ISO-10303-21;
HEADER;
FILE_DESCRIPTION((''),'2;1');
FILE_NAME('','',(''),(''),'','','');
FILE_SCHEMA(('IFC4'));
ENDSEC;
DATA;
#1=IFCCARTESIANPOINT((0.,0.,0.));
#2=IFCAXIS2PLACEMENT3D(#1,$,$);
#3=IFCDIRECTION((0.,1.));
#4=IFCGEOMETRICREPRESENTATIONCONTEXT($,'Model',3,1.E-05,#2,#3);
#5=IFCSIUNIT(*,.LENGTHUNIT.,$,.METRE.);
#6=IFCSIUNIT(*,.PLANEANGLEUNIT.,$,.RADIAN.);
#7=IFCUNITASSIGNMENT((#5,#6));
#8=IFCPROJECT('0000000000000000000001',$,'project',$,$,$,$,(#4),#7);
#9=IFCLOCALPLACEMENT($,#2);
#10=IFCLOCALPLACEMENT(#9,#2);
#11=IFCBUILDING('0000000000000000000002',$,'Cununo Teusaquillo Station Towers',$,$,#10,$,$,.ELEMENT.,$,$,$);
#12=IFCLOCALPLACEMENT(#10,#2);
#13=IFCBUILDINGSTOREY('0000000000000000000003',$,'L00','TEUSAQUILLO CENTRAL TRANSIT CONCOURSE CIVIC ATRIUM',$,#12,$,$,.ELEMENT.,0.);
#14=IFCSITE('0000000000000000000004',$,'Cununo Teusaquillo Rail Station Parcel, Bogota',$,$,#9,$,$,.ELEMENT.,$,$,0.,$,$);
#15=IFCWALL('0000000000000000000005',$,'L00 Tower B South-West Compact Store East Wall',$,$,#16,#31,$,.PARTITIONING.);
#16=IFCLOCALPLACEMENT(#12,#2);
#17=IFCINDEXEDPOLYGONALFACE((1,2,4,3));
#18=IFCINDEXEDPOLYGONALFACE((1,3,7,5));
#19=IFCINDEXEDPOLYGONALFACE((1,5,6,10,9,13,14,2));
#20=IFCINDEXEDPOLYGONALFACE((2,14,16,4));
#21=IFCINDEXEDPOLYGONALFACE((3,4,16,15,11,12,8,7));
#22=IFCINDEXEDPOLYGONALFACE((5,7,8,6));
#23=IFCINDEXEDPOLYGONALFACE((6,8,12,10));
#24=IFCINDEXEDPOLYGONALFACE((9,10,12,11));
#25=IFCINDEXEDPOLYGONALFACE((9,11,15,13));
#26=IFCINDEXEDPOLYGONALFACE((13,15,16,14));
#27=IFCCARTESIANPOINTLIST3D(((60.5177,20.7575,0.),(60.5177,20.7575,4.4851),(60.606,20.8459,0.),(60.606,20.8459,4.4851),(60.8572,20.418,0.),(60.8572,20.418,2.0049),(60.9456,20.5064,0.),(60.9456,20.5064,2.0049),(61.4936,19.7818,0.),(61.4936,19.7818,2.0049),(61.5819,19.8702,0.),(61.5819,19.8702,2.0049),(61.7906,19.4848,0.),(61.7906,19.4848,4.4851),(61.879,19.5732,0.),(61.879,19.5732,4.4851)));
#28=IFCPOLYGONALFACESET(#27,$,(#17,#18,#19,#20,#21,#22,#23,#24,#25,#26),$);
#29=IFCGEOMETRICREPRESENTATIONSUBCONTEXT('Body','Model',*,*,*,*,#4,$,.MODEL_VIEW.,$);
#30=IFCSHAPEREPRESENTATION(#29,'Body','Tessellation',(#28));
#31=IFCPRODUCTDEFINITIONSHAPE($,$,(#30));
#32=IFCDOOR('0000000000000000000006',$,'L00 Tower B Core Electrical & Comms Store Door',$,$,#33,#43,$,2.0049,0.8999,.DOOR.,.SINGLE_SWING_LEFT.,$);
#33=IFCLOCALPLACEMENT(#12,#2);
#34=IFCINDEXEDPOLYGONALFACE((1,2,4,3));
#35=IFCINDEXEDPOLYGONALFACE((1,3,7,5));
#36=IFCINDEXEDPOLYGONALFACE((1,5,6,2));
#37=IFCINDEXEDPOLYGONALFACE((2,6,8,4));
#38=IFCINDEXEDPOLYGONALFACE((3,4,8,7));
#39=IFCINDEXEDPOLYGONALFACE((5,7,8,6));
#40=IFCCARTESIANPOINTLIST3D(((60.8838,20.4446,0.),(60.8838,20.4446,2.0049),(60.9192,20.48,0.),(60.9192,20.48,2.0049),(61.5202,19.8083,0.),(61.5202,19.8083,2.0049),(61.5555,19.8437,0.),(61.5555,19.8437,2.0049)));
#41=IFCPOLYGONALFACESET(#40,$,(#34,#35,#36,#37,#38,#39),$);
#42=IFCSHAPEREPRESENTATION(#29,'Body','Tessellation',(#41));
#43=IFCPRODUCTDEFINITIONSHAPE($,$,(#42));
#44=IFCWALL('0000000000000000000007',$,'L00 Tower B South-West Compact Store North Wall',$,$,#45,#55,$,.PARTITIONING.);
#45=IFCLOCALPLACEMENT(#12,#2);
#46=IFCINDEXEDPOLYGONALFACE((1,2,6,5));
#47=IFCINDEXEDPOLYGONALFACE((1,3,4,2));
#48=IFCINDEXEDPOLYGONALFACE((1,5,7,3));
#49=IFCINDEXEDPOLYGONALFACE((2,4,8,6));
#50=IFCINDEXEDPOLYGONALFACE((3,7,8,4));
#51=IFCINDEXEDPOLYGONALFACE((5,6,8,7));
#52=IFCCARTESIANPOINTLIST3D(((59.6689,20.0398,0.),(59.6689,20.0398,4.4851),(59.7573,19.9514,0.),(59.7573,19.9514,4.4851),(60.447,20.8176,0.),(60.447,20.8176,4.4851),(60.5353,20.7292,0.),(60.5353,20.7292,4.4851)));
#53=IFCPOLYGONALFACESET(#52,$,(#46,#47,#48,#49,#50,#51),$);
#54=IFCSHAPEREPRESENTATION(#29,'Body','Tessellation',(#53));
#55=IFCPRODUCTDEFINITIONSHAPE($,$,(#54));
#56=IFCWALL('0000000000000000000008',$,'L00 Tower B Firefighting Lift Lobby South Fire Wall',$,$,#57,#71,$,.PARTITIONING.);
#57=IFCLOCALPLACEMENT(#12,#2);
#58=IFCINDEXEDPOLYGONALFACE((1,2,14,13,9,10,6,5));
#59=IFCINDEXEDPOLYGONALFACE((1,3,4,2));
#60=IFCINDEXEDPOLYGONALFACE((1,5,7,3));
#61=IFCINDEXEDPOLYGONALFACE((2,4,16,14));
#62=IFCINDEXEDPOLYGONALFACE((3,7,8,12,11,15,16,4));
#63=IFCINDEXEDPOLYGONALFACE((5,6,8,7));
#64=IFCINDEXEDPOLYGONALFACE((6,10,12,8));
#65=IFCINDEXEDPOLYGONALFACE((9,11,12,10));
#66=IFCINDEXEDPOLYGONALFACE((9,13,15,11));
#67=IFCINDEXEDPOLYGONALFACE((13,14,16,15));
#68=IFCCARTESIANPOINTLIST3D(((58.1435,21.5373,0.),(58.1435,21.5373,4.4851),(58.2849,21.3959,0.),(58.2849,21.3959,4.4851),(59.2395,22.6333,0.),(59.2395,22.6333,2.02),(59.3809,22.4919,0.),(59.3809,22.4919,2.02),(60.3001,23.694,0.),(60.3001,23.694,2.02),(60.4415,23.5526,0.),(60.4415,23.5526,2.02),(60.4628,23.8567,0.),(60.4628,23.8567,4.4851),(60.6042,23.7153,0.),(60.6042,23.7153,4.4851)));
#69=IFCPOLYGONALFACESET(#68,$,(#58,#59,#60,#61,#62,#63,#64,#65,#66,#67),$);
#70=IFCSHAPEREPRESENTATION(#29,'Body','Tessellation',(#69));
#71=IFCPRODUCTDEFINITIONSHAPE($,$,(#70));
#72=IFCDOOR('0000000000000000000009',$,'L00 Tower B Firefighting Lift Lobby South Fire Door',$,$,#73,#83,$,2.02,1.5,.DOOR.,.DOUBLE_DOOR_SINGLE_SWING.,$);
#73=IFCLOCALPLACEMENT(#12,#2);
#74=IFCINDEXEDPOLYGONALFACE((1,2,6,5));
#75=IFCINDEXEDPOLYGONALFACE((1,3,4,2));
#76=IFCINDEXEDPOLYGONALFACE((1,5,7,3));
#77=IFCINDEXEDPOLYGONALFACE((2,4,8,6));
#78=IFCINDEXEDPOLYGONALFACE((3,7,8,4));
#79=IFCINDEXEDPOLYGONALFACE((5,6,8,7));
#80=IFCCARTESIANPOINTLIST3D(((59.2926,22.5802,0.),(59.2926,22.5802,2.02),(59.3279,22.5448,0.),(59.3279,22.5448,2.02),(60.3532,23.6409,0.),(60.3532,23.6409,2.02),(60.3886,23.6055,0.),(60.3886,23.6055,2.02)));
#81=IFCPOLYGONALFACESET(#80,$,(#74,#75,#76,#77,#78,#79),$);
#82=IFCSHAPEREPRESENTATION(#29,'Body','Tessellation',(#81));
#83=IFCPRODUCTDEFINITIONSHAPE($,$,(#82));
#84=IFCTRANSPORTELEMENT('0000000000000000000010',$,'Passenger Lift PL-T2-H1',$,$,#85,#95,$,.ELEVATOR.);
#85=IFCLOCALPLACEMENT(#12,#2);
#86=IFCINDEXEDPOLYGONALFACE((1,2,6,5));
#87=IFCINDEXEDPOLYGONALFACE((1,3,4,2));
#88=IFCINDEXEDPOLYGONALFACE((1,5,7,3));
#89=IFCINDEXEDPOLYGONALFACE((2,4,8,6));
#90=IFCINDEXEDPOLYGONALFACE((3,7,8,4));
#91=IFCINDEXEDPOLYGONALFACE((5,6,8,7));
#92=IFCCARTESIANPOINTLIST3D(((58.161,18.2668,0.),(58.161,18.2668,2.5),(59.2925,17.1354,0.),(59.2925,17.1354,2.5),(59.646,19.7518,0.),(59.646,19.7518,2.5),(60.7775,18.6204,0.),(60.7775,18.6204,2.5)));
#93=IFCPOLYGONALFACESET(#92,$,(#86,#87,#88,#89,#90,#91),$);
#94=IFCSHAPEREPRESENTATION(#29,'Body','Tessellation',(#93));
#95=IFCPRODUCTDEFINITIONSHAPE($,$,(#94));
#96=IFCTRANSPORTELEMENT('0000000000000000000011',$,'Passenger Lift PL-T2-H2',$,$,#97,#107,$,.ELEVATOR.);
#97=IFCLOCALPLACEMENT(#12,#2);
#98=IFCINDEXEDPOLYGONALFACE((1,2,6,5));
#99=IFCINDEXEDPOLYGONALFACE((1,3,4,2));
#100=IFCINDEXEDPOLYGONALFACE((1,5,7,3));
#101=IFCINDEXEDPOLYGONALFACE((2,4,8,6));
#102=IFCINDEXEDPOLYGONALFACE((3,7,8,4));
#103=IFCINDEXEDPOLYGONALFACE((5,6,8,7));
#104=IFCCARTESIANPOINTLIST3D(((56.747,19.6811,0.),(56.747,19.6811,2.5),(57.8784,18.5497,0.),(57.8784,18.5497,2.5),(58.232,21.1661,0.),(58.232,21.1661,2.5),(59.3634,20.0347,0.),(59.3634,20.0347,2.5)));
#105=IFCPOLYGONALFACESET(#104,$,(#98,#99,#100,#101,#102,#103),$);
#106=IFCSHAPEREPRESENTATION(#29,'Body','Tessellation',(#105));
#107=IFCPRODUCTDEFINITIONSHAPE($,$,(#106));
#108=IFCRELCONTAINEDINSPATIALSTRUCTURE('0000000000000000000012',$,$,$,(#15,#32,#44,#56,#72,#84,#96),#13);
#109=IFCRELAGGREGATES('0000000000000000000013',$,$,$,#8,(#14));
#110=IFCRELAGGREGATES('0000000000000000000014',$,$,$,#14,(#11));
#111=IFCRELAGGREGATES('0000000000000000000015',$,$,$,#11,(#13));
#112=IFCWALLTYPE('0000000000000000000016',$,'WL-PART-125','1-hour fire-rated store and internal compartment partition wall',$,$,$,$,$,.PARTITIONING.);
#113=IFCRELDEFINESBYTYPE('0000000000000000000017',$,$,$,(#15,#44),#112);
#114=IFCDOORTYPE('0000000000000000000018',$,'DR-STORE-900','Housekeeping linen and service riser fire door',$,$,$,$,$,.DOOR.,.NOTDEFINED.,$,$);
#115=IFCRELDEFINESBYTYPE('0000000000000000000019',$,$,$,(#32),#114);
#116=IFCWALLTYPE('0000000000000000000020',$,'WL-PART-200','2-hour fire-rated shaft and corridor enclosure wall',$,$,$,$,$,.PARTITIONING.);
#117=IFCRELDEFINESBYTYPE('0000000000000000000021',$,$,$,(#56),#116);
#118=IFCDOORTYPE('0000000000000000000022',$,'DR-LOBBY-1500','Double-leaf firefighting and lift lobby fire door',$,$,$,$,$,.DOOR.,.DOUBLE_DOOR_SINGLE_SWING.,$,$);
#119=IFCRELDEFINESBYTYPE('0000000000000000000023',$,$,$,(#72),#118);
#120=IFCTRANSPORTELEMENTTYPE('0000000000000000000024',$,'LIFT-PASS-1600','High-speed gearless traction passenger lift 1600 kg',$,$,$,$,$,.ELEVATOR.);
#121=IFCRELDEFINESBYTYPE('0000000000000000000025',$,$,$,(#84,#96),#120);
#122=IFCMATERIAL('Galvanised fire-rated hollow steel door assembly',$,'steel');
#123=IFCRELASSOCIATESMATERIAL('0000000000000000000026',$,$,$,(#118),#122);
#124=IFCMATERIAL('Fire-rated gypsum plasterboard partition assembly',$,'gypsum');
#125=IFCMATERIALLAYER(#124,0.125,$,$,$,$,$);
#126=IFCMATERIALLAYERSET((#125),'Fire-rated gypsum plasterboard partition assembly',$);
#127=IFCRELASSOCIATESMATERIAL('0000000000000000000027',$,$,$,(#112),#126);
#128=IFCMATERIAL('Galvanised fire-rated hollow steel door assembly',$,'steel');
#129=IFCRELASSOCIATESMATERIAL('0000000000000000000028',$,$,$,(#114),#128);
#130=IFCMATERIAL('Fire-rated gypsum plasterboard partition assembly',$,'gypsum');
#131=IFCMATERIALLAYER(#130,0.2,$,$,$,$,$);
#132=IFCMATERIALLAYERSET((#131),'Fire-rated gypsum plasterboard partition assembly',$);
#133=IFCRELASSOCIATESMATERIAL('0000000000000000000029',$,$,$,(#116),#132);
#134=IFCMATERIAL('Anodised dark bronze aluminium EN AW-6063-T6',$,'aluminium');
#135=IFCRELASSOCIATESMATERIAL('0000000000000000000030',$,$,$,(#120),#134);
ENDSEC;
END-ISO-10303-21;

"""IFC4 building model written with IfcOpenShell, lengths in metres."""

from ifc_helpers import new_model, si_unit, direction, frame, frame_2d, origin, origin_2d, place, context, subcontext, project, spatial, rectangle, extrude, source, transform, mapped, material, layer, layer_set, type_object, element, fill, save


model = new_model("IFC4")

# Units and contexts
model_context = context("Model", 3, precision=1e-05, world=origin(), true_north=direction((0.0, 1.0)))
body_context = subcontext(model_context, "Body", "Model", "MODEL_VIEW")
ifc_project = project(units=[si_unit("LENGTHUNIT", "METRE"), si_unit("PLANEANGLEUNIT", "RADIAN")], contexts=[model_context])

# Site, building, storey
site_placement = place(None, origin())
site = spatial("IfcSite", under=ifc_project, at=site_placement, Name="Cununo Teusaquillo Rail Station Parcel, Bogota", CompositionType="ELEMENT", RefElevation=0.0)
building_placement = place(site_placement, origin())
building = spatial("IfcBuilding", under=site, at=building_placement, Name="Cununo Teusaquillo Station Towers", CompositionType="ELEMENT")
storey_placement = place(building_placement, origin())
storey = spatial("IfcBuildingStorey", under=building, at=storey_placement, Name="L00", Description="TEUSAQUILLO CENTRAL TRANSIT CONCOURSE CIVIC ATRIUM", CompositionType="ELEMENT", Elevation=0.0)

# Wall, opening, door
ifc_material_1 = material(Name="Galvanised fire-rated hollow steel door assembly", Category="steel")
door_type_1 = type_object("IfcDoorType", Name="DR-LOBBY-1500", Description="Double-leaf firefighting and lift lobby fire door", OperationType="DOUBLE_DOOR_SINGLE_SWING", PredefinedType="DOOR", material=ifc_material_1)
shared_shape_1 = source(origin(), body_context, "Body", "SweptSolid", [
    extrude(rectangle(XDim=1.5, YDim=2.02, at=frame_2d((0.75, 1.01))), frame((0.0, 0.0249, 0.0), z_axis=(0.0, -1.0, 0.0), x_axis=(1.0, 0.0, 0.0)), (0.0, 0.0, 1.0), 0.05),
])
ifc_material_2 = material(Name="Fire-rated gypsum plasterboard partition assembly", Category="gypsum")
ifc_layer_1 = layer(ifc_material_2, 0.125)
ifc_layer_set_1 = layer_set([ifc_layer_1], Name="Fire-rated gypsum plasterboard partition assembly")
wall_type_1 = type_object("IfcWallType", Name="WL-PART-125", Description="1-hour fire-rated store and internal compartment partition wall", PredefinedType="PARTITIONING", material=ifc_layer_set_1)
wall_1_placement = place(storey_placement, frame((61.8347, 19.5291, 0.0), z_axis=(0.0, 0.0, 1.0), x_axis=(-0.707175, 0.707039, 0.0)))
wall_1 = element("IfcWall", 1, at=wall_1_placement, inside=storey, type_object=wall_type_1, Name="L00 Tower B South-West Compact Store East Wall", PredefinedType="PARTITIONING", context=body_context, shape_type="SweptSolid", body=[
    extrude(rectangle(XDim=1.8, YDim=0.125, at=frame_2d((0.8999, 0.0))), origin(), (0.0, 0.0, 1.0), 4.4851),
])
shared_shape_2 = source(origin(), body_context, "Body", "SweptSolid", [
    extrude(rectangle(XDim=0.8999, YDim=2.0049, at=frame_2d((0.45, 1.0024))), frame((0.0, 0.0725, 0.0), z_axis=(0.0, -1.0, 0.0), x_axis=(1.0, 0.0, 0.0)), (0.0, 0.0, 1.0), 0.145),
])
opening_1_placement = place(wall_1_placement, frame((0.4199, 0.0, 0.0)))
opening_1 = element("IfcOpeningElement", 2, at=opening_1_placement, cuts=wall_1, PredefinedType="OPENING", context=body_context, shape_type="MappedRepresentation", body=[
    mapped(shared_shape_2, transform((0.0, 0.0, 0.0), x_axis=(1.0, 0.0, 0.0), y_axis=(0.0, 1.0, 0.0), z_axis=(0.0, 0.0, 1.0), scale=1.0)),
])
ifc_material_3 = material(Name="Galvanised fire-rated hollow steel door assembly", Category="steel")
door_type_2 = type_object("IfcDoorType", Name="DR-STORE-900", Description="Housekeeping linen and service riser fire door", OperationType="NOTDEFINED", PredefinedType="DOOR", material=ifc_material_3)
shared_shape_3 = source(origin(), body_context, "Body", "SweptSolid", [
    extrude(rectangle(XDim=0.8999, YDim=2.0049, at=frame_2d((0.45, 1.0024))), frame((0.0, 0.0249, 0.0), z_axis=(0.0, -1.0, 0.0), x_axis=(1.0, 0.0, 0.0)), (0.0, 0.0, 1.0), 0.05),
])
door_1_placement = place(opening_1_placement, origin())
door_1 = element("IfcDoor", 3, at=door_1_placement, inside=storey, type_object=door_type_2, Name="L00 Tower B Core Electrical & Comms Store Door", OperationType="SINGLE_SWING_LEFT", OverallHeight=2.0049, OverallWidth=0.8999, PredefinedType="DOOR", context=body_context, shape_type="MappedRepresentation", body=[
    mapped(shared_shape_3, transform((0.0, 0.0, 0.0), x_axis=(1.0, 0.0, 0.0), y_axis=(0.0, 1.0, 0.0), z_axis=(0.0, 0.0, 1.0), scale=1.0)),
])
fill(opening_1, door_1)

# Wall
wall_2_placement = place(storey_placement, frame((59.7131, 19.9956, 0.0), z_axis=(0.0, 0.0, 1.0), x_axis=(0.707218, 0.706996, 0.0)))
element("IfcWall", 4, at=wall_2_placement, inside=storey, type_object=wall_type_1, Name="L00 Tower B South-West Compact Store North Wall", PredefinedType="PARTITIONING", context=body_context, shape_type="SweptSolid", body=[
    extrude(rectangle(XDim=1.1001, YDim=0.125, at=frame_2d((0.55, 0.0))), origin(), (0.0, 0.0, 1.0), 4.4851),
])

# Wall, opening, door
ifc_material_4 = material(Name="Fire-rated gypsum plasterboard partition assembly", Category="gypsum")
ifc_layer_2 = layer(ifc_material_4, 0.2)
ifc_layer_set_2 = layer_set([ifc_layer_2], Name="Fire-rated gypsum plasterboard partition assembly")
wall_type_2 = type_object("IfcWallType", Name="WL-PART-200", Description="2-hour fire-rated shaft and corridor enclosure wall", PredefinedType="PARTITIONING", material=ifc_layer_set_2)
wall_3_placement = place(storey_placement, frame((58.2141, 21.4666, 0.0), z_axis=(0.0, 0.0, 1.0), x_axis=(0.707107, 0.707107, 0.0)))
wall_3 = element("IfcWall", 5, at=wall_3_placement, inside=storey, type_object=wall_type_2, Name="L00 Tower B Firefighting Lift Lobby South Fire Wall", PredefinedType="PARTITIONING", context=body_context, shape_type="SweptSolid", body=[
    extrude(rectangle(XDim=3.28, YDim=0.2, at=frame_2d((1.6401, 0.0))), origin(), (0.0, 0.0, 1.0), 4.4851),
])
shared_shape_4 = source(origin(), body_context, "Body", "SweptSolid", [
    extrude(rectangle(XDim=1.5, YDim=2.02, at=frame_2d((0.75, 1.01))), frame((0.0, 0.1099, 0.0), z_axis=(0.0, -1.0, 0.0), x_axis=(1.0, 0.0, 0.0)), (0.0, 0.0, 1.0), 0.22),
])
opening_2_placement = place(wall_3_placement, frame((1.55, 0.0, 0.0)))
opening_2 = element("IfcOpeningElement", 6, at=opening_2_placement, cuts=wall_3, PredefinedType="OPENING", context=body_context, shape_type="MappedRepresentation", body=[
    mapped(shared_shape_4, transform((0.0, 0.0, 0.0), x_axis=(1.0, 0.0, 0.0), y_axis=(0.0, 1.0, 0.0), z_axis=(0.0, 0.0, 1.0), scale=1.0)),
])
door_2_placement = place(opening_2_placement, origin())
door_2 = element("IfcDoor", 7, at=door_2_placement, inside=storey, type_object=door_type_1, Name="L00 Tower B Firefighting Lift Lobby South Fire Door", OperationType="DOUBLE_DOOR_SINGLE_SWING", OverallHeight=2.02, OverallWidth=1.5, PredefinedType="DOOR", context=body_context, shape_type="MappedRepresentation", body=[
    mapped(shared_shape_1, transform((0.0, 0.0, 0.0), x_axis=(1.0, 0.0, 0.0), y_axis=(0.0, 1.0, 0.0), z_axis=(0.0, 0.0, 1.0), scale=1.0)),
])
fill(opening_2, door_2)

# Transport elements
ifc_material_5 = material(Name="Anodised dark bronze aluminium EN AW-6063-T6", Category="aluminium")
transport_element_type = type_object("IfcTransportElementType", Name="LIFT-PASS-1600", Description="High-speed gearless traction passenger lift 1600 kg", PredefinedType="ELEVATOR", material=ifc_material_5)
shared_shape_5 = source(origin(), body_context, "Body", "SweptSolid", [
    extrude(rectangle(XDim=2.1001, YDim=1.6001, at=origin_2d()), origin(), (0.0, 0.0, 1.0), 2.5),
])
for number, where, z_axis, x_axis, name in (
    (8, (59.4692, 18.4436, 0.0), (0.0, 0.0, 1.0), (0.707107, 0.707107, 0.0), "Passenger Lift PL-T2-H1"),
    (9, (58.0552, 19.8579, 0.0), (0.0, 0.0, 1.0), (0.707107, 0.707107, 0.0), "Passenger Lift PL-T2-H2"),
):
    element("IfcTransportElement", number, at=place(storey_placement, frame(where, z_axis=z_axis, x_axis=x_axis)), inside=storey, type_object=transport_element_type, Name=name, PredefinedType="ELEVATOR", context=body_context, shape_type="MappedRepresentation", body=[
        mapped(shared_shape_5, transform((0.0, 0.0, 0.0), x_axis=(1.0, 0.0, 0.0), y_axis=(0.0, 1.0, 0.0), z_axis=(0.0, 0.0, 1.0), scale=1.0)),
    ])

save(model, "model.ifc")
